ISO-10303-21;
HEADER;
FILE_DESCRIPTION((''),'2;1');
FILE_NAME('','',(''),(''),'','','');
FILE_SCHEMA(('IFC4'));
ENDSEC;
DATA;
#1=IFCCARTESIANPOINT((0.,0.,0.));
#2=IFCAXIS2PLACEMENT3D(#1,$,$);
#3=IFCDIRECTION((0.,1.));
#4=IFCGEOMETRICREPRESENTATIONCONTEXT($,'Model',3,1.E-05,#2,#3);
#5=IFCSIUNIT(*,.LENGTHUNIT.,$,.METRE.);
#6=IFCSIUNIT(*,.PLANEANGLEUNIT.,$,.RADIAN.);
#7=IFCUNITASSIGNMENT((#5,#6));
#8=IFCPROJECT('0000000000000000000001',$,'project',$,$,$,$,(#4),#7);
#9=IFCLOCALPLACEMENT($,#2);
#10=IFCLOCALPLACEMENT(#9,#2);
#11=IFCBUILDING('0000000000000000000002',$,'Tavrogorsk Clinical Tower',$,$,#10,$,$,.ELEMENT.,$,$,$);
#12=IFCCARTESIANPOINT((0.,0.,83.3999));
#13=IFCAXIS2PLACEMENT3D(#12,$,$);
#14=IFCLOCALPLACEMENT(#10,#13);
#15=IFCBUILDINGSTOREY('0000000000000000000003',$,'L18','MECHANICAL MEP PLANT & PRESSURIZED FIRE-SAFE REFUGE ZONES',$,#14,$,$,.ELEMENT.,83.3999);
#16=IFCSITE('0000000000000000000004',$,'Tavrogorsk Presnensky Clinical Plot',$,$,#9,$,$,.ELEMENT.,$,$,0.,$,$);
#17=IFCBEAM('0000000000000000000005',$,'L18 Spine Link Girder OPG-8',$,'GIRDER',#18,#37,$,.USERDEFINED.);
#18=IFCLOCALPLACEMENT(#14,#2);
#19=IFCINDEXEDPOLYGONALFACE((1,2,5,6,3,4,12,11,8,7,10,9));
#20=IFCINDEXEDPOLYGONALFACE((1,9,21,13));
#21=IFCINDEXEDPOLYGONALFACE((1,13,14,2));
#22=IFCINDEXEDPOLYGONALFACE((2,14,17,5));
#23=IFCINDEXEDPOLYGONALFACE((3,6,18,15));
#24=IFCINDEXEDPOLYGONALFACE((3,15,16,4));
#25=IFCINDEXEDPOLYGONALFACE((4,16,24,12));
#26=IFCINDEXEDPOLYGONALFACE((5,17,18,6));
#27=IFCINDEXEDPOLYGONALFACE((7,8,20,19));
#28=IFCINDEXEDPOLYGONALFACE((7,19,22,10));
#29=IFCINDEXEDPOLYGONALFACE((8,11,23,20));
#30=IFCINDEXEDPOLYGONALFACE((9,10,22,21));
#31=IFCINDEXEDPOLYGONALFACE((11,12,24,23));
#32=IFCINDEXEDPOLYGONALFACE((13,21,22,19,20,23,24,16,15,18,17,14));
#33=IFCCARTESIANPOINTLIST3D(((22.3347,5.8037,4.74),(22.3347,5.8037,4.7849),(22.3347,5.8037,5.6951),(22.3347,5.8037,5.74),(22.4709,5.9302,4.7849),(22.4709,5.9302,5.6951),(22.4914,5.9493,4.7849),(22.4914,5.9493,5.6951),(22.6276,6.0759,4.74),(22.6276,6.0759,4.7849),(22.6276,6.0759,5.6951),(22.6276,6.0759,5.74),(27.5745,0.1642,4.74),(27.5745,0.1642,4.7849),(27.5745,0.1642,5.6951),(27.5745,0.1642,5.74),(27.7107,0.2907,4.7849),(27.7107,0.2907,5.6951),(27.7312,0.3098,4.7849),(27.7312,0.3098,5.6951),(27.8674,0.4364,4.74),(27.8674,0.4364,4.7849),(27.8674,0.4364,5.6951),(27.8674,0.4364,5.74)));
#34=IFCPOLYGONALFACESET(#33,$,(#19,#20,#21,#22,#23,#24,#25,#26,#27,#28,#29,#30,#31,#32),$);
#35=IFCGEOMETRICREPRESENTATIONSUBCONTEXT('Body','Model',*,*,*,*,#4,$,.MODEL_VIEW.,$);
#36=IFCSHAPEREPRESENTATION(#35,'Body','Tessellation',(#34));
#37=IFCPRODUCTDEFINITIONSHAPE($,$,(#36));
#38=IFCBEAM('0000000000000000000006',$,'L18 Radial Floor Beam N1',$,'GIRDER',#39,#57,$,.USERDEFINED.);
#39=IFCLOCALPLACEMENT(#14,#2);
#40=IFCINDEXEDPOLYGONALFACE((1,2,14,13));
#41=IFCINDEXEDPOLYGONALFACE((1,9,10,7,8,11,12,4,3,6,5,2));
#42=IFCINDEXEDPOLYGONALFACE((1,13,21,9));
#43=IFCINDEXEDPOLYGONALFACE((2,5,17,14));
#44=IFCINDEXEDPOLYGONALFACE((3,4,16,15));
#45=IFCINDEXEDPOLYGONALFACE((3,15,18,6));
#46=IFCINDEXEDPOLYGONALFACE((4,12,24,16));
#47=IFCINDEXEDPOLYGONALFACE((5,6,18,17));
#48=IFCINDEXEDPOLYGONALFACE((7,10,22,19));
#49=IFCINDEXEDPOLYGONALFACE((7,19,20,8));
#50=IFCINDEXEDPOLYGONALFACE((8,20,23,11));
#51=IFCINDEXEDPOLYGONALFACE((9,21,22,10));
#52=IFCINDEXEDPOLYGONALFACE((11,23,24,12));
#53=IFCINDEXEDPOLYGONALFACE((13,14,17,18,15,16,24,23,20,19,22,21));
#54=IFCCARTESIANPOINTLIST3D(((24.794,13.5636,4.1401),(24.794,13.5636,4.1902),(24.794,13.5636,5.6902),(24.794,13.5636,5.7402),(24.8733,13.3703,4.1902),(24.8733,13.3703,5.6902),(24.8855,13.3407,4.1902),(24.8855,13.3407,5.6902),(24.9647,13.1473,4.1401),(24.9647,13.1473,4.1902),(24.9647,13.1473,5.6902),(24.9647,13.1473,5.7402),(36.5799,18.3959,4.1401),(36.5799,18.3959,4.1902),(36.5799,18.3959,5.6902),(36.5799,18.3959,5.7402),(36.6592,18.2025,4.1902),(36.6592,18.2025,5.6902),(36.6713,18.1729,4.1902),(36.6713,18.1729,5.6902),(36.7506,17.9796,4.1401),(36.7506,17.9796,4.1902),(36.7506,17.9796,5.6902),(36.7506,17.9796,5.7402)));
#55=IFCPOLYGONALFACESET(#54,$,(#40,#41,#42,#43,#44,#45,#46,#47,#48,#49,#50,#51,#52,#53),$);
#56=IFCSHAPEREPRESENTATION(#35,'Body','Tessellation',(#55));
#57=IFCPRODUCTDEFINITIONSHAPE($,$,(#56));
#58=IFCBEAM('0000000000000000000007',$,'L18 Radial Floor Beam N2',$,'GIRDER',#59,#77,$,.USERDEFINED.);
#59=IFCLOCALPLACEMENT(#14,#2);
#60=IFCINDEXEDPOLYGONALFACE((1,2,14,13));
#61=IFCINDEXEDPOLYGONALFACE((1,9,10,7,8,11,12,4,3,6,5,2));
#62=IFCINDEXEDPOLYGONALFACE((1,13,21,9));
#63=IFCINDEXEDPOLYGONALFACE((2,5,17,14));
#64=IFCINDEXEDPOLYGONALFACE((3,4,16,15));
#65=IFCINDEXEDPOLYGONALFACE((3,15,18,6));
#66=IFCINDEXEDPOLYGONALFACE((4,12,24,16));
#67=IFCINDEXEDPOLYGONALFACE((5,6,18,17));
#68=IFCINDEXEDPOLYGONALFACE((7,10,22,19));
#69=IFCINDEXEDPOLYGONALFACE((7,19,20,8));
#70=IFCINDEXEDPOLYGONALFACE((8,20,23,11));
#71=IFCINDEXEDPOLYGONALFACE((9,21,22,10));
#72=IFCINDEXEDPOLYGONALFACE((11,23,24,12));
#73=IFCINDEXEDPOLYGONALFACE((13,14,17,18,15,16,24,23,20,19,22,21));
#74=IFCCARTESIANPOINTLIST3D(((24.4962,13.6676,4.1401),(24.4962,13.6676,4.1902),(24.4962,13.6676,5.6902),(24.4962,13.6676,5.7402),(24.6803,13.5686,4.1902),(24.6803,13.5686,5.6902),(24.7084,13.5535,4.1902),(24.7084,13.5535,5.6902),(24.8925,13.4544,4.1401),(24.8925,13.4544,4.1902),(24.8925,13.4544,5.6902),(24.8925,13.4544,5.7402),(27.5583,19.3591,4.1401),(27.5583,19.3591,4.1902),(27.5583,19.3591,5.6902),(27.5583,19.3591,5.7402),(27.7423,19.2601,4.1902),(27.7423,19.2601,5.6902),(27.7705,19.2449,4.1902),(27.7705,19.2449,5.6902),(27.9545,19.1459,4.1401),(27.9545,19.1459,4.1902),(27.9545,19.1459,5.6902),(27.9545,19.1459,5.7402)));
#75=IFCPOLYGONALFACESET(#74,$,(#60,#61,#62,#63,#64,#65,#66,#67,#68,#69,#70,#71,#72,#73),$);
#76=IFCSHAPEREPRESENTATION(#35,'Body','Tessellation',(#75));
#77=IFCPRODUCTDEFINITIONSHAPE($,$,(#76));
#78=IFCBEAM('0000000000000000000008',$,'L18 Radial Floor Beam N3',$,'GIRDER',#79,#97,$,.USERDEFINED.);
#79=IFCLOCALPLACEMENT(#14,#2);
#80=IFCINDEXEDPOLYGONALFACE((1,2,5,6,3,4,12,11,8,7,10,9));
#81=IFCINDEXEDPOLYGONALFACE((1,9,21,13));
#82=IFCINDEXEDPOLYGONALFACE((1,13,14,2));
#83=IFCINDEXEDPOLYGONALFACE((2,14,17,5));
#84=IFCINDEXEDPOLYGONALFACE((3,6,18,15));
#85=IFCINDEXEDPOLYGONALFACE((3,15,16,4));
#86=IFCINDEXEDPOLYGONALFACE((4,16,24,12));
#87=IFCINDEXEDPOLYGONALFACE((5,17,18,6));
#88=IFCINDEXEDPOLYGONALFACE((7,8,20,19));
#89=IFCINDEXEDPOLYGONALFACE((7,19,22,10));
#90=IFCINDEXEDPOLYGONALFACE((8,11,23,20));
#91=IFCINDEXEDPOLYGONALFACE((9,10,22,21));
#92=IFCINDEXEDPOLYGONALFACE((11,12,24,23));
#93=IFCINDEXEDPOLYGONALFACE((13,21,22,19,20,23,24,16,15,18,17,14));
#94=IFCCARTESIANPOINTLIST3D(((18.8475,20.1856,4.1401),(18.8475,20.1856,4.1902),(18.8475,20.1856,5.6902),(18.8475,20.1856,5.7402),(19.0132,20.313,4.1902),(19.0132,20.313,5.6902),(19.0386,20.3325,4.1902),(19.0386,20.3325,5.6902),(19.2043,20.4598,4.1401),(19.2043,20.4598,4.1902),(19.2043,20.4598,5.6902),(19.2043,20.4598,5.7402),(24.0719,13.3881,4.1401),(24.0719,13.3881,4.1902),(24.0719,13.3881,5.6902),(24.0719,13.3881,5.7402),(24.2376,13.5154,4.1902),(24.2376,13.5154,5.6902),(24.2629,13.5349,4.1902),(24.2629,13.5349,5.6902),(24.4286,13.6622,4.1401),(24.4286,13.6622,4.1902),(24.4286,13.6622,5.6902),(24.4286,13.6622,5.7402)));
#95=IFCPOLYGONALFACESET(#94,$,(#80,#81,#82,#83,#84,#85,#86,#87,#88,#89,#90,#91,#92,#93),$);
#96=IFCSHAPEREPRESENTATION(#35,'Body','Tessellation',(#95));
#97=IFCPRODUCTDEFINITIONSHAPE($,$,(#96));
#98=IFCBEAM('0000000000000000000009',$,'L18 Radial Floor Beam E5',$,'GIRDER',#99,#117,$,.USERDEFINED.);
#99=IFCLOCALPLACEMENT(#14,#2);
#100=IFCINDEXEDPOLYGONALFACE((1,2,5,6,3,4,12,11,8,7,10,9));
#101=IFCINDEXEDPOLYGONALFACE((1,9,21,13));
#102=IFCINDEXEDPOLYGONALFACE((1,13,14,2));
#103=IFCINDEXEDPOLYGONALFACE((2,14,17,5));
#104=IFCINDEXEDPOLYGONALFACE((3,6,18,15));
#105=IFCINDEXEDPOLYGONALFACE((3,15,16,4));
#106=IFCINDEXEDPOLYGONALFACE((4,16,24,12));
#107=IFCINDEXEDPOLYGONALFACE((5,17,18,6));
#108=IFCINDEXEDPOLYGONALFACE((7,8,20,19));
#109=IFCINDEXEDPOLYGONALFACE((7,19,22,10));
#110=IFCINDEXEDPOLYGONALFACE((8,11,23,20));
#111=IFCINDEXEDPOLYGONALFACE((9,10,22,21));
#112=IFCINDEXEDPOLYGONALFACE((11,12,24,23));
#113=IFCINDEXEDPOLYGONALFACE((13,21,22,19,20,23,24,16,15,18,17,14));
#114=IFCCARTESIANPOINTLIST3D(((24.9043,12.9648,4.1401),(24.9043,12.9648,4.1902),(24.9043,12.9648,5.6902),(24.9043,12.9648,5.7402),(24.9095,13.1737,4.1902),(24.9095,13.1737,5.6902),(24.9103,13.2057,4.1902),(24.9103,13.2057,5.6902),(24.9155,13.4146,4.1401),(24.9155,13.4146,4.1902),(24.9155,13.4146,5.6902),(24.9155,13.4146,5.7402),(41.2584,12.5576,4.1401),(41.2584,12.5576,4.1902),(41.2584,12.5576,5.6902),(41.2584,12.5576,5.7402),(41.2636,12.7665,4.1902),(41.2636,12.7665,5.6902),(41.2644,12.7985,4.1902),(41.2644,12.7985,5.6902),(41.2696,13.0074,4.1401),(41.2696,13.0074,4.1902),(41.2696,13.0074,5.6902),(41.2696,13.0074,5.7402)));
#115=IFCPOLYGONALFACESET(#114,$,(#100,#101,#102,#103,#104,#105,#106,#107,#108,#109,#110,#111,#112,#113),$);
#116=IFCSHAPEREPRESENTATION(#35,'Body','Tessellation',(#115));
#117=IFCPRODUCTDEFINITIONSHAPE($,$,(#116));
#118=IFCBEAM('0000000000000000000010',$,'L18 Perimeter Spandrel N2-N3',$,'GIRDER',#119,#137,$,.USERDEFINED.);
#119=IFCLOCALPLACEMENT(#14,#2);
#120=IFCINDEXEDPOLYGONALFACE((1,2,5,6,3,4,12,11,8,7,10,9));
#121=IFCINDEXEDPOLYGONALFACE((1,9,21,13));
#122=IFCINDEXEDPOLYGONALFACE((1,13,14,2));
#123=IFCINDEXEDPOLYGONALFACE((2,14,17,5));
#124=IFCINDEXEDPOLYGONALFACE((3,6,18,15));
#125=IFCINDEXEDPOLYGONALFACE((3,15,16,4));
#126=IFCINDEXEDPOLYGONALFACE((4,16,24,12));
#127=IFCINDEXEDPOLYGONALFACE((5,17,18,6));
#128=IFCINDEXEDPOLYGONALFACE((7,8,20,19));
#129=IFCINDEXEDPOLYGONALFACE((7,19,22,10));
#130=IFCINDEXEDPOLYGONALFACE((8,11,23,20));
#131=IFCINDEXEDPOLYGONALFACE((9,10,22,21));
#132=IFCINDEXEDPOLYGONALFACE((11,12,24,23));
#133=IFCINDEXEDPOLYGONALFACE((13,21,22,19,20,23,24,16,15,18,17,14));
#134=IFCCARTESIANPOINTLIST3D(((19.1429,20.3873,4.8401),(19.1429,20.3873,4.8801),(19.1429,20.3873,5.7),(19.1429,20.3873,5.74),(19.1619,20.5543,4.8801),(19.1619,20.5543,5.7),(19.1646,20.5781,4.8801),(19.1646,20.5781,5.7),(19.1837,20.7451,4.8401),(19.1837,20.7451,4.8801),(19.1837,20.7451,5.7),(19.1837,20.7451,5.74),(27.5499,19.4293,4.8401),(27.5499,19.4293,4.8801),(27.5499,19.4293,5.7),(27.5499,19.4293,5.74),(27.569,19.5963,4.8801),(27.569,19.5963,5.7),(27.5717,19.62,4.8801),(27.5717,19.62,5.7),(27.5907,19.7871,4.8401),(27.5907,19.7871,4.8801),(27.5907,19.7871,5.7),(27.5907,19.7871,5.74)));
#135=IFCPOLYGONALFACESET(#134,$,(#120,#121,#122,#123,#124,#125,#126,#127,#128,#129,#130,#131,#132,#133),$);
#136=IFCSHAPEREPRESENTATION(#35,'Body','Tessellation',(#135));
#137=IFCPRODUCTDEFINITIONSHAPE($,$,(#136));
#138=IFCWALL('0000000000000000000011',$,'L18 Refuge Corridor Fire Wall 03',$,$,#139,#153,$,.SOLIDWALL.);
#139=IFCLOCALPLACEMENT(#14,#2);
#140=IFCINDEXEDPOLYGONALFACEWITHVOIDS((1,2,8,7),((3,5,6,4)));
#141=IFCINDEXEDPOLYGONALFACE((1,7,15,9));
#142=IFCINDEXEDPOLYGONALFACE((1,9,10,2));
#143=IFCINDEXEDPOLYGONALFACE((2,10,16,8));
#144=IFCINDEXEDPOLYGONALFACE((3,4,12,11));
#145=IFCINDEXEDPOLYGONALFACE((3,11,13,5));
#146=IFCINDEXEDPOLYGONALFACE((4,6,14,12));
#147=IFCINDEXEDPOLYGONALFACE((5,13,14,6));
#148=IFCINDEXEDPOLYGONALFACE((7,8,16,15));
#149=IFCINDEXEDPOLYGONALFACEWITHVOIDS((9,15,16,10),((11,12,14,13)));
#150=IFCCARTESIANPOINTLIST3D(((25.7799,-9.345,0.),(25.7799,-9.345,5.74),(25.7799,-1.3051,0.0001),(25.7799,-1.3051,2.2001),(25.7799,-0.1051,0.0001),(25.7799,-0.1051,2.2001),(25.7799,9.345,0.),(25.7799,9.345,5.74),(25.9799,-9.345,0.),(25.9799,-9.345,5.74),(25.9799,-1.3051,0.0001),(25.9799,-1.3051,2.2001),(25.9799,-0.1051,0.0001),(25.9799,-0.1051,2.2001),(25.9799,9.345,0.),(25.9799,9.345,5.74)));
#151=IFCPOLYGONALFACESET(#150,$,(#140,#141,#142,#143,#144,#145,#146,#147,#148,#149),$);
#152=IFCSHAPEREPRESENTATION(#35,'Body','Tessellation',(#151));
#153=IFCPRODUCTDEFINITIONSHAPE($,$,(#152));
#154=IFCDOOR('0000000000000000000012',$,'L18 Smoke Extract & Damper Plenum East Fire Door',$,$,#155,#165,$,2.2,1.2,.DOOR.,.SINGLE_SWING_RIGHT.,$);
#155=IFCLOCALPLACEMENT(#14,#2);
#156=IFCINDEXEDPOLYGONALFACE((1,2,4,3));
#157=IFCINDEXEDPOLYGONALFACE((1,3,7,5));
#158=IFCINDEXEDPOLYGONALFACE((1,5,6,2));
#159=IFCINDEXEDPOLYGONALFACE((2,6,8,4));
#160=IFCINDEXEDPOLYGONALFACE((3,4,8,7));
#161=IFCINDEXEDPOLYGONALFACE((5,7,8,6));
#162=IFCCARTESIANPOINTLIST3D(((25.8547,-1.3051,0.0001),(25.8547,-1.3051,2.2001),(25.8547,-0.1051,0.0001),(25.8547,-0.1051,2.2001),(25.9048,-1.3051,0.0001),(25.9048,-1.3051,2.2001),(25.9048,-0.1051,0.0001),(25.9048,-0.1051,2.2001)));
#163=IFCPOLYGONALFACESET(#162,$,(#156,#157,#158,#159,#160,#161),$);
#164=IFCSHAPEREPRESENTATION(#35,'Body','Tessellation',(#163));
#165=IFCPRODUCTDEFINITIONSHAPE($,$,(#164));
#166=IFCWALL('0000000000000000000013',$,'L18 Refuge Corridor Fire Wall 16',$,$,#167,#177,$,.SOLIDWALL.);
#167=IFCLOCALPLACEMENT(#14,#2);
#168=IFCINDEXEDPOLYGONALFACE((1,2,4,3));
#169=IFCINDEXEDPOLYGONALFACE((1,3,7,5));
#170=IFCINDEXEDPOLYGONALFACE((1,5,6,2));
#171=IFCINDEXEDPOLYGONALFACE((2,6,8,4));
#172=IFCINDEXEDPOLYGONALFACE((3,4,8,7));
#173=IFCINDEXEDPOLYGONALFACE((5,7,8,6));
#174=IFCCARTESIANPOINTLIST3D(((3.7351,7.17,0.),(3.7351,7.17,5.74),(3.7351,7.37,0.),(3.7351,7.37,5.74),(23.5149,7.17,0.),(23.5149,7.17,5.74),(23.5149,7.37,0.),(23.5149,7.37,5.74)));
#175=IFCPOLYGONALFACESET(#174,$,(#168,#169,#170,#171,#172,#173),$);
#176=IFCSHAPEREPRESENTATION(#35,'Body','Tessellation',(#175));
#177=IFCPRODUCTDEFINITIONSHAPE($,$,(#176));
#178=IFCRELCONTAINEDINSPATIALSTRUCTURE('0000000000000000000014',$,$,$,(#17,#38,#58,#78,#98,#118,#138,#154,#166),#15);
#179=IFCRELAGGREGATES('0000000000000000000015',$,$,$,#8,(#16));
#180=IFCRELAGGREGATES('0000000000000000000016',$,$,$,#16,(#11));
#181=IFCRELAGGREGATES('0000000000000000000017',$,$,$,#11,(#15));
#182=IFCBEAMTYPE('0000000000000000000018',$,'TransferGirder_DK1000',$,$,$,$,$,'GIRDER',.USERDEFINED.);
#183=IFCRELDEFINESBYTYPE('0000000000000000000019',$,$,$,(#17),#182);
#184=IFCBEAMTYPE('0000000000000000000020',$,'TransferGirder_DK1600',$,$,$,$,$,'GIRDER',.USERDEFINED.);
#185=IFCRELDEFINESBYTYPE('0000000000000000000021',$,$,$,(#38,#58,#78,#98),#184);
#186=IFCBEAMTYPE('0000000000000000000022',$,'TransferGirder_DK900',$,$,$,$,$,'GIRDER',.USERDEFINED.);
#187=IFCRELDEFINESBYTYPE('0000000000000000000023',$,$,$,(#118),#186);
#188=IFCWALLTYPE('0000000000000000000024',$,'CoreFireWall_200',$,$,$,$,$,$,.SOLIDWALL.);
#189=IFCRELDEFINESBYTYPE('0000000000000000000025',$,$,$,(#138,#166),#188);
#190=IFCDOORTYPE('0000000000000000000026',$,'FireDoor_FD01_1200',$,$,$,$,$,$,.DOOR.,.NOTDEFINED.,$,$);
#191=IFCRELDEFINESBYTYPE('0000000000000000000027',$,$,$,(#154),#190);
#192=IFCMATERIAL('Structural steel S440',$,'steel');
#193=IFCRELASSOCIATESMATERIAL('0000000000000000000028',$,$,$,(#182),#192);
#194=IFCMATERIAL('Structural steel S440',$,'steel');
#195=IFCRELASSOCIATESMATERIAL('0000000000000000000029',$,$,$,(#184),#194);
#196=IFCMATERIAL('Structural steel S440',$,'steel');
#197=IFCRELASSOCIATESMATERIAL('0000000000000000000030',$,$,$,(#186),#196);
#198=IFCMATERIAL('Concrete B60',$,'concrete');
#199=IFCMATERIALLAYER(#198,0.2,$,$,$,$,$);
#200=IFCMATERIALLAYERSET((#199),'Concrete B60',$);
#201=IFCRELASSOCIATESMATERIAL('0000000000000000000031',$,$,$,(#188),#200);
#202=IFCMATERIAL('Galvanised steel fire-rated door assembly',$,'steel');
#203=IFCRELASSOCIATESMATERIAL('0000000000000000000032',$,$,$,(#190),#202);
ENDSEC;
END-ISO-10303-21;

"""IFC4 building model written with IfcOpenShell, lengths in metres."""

from ifc_helpers import new_model, si_unit, direction, frame, frame_2d, origin, origin_2d, place, context, subcontext, project, spatial, rectangle, i_section, extrude, material, layer, layer_set, material_profile, profile_set, type_object, element, fill, save


model = new_model("IFC4")

# Units and contexts
model_context = context("Model", 3, precision=1e-05, world=origin(), true_north=direction((0.0, 1.0)))
body_context = subcontext(model_context, "Body", "Model", "MODEL_VIEW")
ifc_project = project(units=[si_unit("LENGTHUNIT", "METRE"), si_unit("PLANEANGLEUNIT", "RADIAN")], contexts=[model_context])

# Site, building, storey
site_placement = place(None, origin())
site = spatial("IfcSite", under=ifc_project, at=site_placement, Name="Tavrogorsk Presnensky Clinical Plot", CompositionType="ELEMENT", RefElevation=0.0)
building_placement = place(site_placement, origin())
building = spatial("IfcBuilding", under=site, at=building_placement, Name="Tavrogorsk Clinical Tower", CompositionType="ELEMENT")
storey_placement = place(building_placement, frame((0.0, 0.0, 83.3999)))
storey = spatial("IfcBuildingStorey", under=building, at=storey_placement, Name="L18", Description="MECHANICAL MEP PLANT & PRESSURIZED FIRE-SAFE REFUGE ZONES", CompositionType="ELEMENT", Elevation=83.3999)

# Beams
ifc_material_1 = material(Name="Structural steel S440", Category="steel")
ifc_material_profile_1 = material_profile(ifc_material_1, i_section(OverallWidth=0.3999, OverallDepth=1.0, WebThickness=0.0281, FlangeThickness=0.0449, at=origin_2d()), Name="DK-1000x400x28x45")
ifc_profile_set_1 = profile_set([ifc_material_profile_1], Name="Structural steel S440")
beam_type_1 = type_object("IfcBeamType", Name="TransferGirder_DK1000", ElementType="GIRDER", PredefinedType="USERDEFINED", material=ifc_profile_set_1)
beam_1_placement = place(storey_placement, frame((27.7209, 0.3003, 5.24), z_axis=(-0.680671, 0.732589, 0.0), x_axis=(-0.732589, -0.680671, 0.0)))
element("IfcBeam", 1, at=beam_1_placement, inside=storey, type_object=beam_type_1, Name="L18 Spine Link Girder OPG-8", ObjectType="GIRDER", PredefinedType="USERDEFINED", context=body_context, shape_type="SweptSolid", body=[
    extrude(i_section(OverallWidth=0.3999, OverallDepth=1.0, WebThickness=0.0281, FlangeThickness=0.0449, at=origin_2d()), origin(), (0.0, 0.0, 1.0), 7.698),
])
ifc_material_2 = material(Name="Structural steel S440", Category="steel")
ifc_material_profile_2 = material_profile(ifc_material_2, i_section(OverallWidth=0.45, OverallDepth=1.6001, WebThickness=0.032, FlangeThickness=0.05, at=origin_2d()), Name="DK-1600x450x32x50")
ifc_profile_set_2 = profile_set([ifc_material_profile_2], Name="Structural steel S440")
beam_type_2 = type_object("IfcBeamType", Name="TransferGirder_DK1600", ElementType="GIRDER", PredefinedType="USERDEFINED", material=ifc_profile_set_2)
beam_2_placement = place(storey_placement, frame((24.8794, 13.3555, 4.9402), z_axis=(0.92525, 0.379357, 0.0), x_axis=(-0.379357, 0.92525, 0.0)))
element("IfcBeam", 2, at=beam_2_placement, inside=storey, type_object=beam_type_2, Name="L18 Radial Floor Beam N1", ObjectType="GIRDER", PredefinedType="USERDEFINED", context=body_context, shape_type="SweptSolid", body=[
    extrude(i_section(OverallWidth=0.45, OverallDepth=1.6001, WebThickness=0.032, FlangeThickness=0.05, at=origin_2d()), origin(), (0.0, 0.0, 1.0), 12.738),
])
beam_3_placement = place(storey_placement, frame((24.6943, 13.561, 4.9402), z_axis=(0.473789, 0.880638, 0.0), x_axis=(-0.880638, 0.473789, 0.0)))
element("IfcBeam", 3, at=beam_3_placement, inside=storey, type_object=beam_type_2, Name="L18 Radial Floor Beam N2", ObjectType="GIRDER", PredefinedType="USERDEFINED", context=body_context, shape_type="SweptSolid", body=[
    extrude(i_section(OverallWidth=0.45, OverallDepth=1.6001, WebThickness=0.032, FlangeThickness=0.05, at=origin_2d()), origin(), (0.0, 0.0, 1.0), 6.4629),
])
beam_4_placement = place(storey_placement, frame((24.2502, 13.5251, 4.9402), z_axis=(-0.609376, 0.792881, 0.0), x_axis=(-0.792881, -0.609376, 0.0)))
element("IfcBeam", 4, at=beam_4_placement, inside=storey, type_object=beam_type_2, Name="L18 Radial Floor Beam N3", ObjectType="GIRDER", PredefinedType="USERDEFINED", context=body_context, shape_type="SweptSolid", body=[
    extrude(i_section(OverallWidth=0.45, OverallDepth=1.6001, WebThickness=0.032, FlangeThickness=0.05, at=origin_2d()), origin(), (0.0, 0.0, 1.0), 8.5732),
])
beam_5_placement = place(storey_placement, frame((24.9099, 13.1897, 4.9402), z_axis=(0.99969, -0.024893, 0.0), x_axis=(0.024893, 0.99969, 0.0)))
element("IfcBeam", 5, at=beam_5_placement, inside=storey, type_object=beam_type_2, Name="L18 Radial Floor Beam E5", ObjectType="GIRDER", PredefinedType="USERDEFINED", context=body_context, shape_type="SweptSolid", body=[
    extrude(i_section(OverallWidth=0.45, OverallDepth=1.6001, WebThickness=0.032, FlangeThickness=0.05, at=origin_2d()), origin(), (0.0, 0.0, 1.0), 16.3591),
])
ifc_material_3 = material(Name="Structural steel S440", Category="steel")
ifc_material_profile_3 = material_profile(ifc_material_3, i_section(OverallWidth=0.3601, OverallDepth=0.8999, WebThickness=0.0239, FlangeThickness=0.04, at=origin_2d()), Name="DK-900x360x24x40")
ifc_profile_set_3 = profile_set([ifc_material_profile_3], Name="Structural steel S440")
beam_type_3 = type_object("IfcBeamType", Name="TransferGirder_DK900", ElementType="GIRDER", PredefinedType="USERDEFINED", material=ifc_profile_set_3)
beam_6_placement = place(storey_placement, frame((27.5703, 19.6082, 5.29), z_axis=(-0.99357, 0.113221, 0.0), x_axis=(-0.113221, -0.99357, 0.0)))
element("IfcBeam", 6, at=beam_6_placement, inside=storey, type_object=beam_type_3, Name="L18 Perimeter Spandrel N2-N3", ObjectType="GIRDER", PredefinedType="USERDEFINED", context=body_context, shape_type="SweptSolid", body=[
    extrude(i_section(OverallWidth=0.3601, OverallDepth=0.8999, WebThickness=0.0239, FlangeThickness=0.04, at=origin_2d()), origin(), (0.0, 0.0, 1.0), 8.4614),
])

# Wall, opening, door
ifc_material_4 = material(Name="Concrete B60", Category="concrete")
ifc_layer_1 = layer(ifc_material_4, 0.2)
ifc_layer_set_1 = layer_set([ifc_layer_1], Name="Concrete B60")
wall_type = type_object("IfcWallType", Name="CoreFireWall_200", PredefinedType="SOLIDWALL", material=ifc_layer_set_1)
wall_1_placement = place(storey_placement, frame((25.8799, 9.345, 0.0), z_axis=(0.0, 0.0, 1.0), x_axis=(0.0, -1.0, 0.0)))
wall_1 = element("IfcWall", 7, at=wall_1_placement, inside=storey, type_object=wall_type, Name="L18 Refuge Corridor Fire Wall 03", PredefinedType="SOLIDWALL", context=body_context, shape_type="SweptSolid", body=[
    extrude(rectangle(XDim=18.6899, YDim=0.2, at=frame_2d((9.345, 0.0))), origin(), (0.0, 0.0, 1.0), 5.74),
])
opening_placement = place(wall_1_placement, frame((9.45, 0.0, 0.0)))
opening = element("IfcOpeningElement", 8, at=opening_placement, cuts=wall_1, PredefinedType="OPENING", context=body_context, shape_type="SweptSolid", body=[
    extrude(rectangle(XDim=1.2, YDim=2.2, at=frame_2d((0.6001, 1.1001))), frame((0.0, 0.1099, 0.0), z_axis=(0.0, -1.0, 0.0), x_axis=(1.0, 0.0, 0.0)), (0.0, 0.0, 1.0), 0.22),
])
ifc_material_5 = material(Name="Galvanised steel fire-rated door assembly", Category="steel")
door_type = type_object("IfcDoorType", Name="FireDoor_FD01_1200", OperationType="NOTDEFINED", PredefinedType="DOOR", material=ifc_material_5)
door_placement = place(opening_placement, origin())
door = element("IfcDoor", 9, at=door_placement, inside=storey, type_object=door_type, Name="L18 Smoke Extract & Damper Plenum East Fire Door", OperationType="SINGLE_SWING_RIGHT", OverallHeight=2.2, OverallWidth=1.2, PredefinedType="DOOR", context=body_context, shape_type="SweptSolid", body=[
    extrude(rectangle(XDim=1.2, YDim=2.2, at=frame_2d((0.6001, 1.1001))), frame((0.0, 0.0249, 0.0), z_axis=(0.0, -1.0, 0.0), x_axis=(1.0, 0.0, 0.0)), (0.0, 0.0, 1.0), 0.05),
])
fill(opening, door)

# Wall
wall_2_placement = place(storey_placement, frame((23.5149, 7.27, 0.0), z_axis=(0.0, 0.0, 1.0), x_axis=(-1.0, 0.0, 0.0)))
element("IfcWall", 10, at=wall_2_placement, inside=storey, type_object=wall_type, Name="L18 Refuge Corridor Fire Wall 16", PredefinedType="SOLIDWALL", context=body_context, shape_type="SweptSolid", body=[
    extrude(rectangle(XDim=19.7798, YDim=0.2, at=frame_2d((9.8899, 0.0))), origin(), (0.0, 0.0, 1.0), 5.74),
])

save(model, "model.ifc")
